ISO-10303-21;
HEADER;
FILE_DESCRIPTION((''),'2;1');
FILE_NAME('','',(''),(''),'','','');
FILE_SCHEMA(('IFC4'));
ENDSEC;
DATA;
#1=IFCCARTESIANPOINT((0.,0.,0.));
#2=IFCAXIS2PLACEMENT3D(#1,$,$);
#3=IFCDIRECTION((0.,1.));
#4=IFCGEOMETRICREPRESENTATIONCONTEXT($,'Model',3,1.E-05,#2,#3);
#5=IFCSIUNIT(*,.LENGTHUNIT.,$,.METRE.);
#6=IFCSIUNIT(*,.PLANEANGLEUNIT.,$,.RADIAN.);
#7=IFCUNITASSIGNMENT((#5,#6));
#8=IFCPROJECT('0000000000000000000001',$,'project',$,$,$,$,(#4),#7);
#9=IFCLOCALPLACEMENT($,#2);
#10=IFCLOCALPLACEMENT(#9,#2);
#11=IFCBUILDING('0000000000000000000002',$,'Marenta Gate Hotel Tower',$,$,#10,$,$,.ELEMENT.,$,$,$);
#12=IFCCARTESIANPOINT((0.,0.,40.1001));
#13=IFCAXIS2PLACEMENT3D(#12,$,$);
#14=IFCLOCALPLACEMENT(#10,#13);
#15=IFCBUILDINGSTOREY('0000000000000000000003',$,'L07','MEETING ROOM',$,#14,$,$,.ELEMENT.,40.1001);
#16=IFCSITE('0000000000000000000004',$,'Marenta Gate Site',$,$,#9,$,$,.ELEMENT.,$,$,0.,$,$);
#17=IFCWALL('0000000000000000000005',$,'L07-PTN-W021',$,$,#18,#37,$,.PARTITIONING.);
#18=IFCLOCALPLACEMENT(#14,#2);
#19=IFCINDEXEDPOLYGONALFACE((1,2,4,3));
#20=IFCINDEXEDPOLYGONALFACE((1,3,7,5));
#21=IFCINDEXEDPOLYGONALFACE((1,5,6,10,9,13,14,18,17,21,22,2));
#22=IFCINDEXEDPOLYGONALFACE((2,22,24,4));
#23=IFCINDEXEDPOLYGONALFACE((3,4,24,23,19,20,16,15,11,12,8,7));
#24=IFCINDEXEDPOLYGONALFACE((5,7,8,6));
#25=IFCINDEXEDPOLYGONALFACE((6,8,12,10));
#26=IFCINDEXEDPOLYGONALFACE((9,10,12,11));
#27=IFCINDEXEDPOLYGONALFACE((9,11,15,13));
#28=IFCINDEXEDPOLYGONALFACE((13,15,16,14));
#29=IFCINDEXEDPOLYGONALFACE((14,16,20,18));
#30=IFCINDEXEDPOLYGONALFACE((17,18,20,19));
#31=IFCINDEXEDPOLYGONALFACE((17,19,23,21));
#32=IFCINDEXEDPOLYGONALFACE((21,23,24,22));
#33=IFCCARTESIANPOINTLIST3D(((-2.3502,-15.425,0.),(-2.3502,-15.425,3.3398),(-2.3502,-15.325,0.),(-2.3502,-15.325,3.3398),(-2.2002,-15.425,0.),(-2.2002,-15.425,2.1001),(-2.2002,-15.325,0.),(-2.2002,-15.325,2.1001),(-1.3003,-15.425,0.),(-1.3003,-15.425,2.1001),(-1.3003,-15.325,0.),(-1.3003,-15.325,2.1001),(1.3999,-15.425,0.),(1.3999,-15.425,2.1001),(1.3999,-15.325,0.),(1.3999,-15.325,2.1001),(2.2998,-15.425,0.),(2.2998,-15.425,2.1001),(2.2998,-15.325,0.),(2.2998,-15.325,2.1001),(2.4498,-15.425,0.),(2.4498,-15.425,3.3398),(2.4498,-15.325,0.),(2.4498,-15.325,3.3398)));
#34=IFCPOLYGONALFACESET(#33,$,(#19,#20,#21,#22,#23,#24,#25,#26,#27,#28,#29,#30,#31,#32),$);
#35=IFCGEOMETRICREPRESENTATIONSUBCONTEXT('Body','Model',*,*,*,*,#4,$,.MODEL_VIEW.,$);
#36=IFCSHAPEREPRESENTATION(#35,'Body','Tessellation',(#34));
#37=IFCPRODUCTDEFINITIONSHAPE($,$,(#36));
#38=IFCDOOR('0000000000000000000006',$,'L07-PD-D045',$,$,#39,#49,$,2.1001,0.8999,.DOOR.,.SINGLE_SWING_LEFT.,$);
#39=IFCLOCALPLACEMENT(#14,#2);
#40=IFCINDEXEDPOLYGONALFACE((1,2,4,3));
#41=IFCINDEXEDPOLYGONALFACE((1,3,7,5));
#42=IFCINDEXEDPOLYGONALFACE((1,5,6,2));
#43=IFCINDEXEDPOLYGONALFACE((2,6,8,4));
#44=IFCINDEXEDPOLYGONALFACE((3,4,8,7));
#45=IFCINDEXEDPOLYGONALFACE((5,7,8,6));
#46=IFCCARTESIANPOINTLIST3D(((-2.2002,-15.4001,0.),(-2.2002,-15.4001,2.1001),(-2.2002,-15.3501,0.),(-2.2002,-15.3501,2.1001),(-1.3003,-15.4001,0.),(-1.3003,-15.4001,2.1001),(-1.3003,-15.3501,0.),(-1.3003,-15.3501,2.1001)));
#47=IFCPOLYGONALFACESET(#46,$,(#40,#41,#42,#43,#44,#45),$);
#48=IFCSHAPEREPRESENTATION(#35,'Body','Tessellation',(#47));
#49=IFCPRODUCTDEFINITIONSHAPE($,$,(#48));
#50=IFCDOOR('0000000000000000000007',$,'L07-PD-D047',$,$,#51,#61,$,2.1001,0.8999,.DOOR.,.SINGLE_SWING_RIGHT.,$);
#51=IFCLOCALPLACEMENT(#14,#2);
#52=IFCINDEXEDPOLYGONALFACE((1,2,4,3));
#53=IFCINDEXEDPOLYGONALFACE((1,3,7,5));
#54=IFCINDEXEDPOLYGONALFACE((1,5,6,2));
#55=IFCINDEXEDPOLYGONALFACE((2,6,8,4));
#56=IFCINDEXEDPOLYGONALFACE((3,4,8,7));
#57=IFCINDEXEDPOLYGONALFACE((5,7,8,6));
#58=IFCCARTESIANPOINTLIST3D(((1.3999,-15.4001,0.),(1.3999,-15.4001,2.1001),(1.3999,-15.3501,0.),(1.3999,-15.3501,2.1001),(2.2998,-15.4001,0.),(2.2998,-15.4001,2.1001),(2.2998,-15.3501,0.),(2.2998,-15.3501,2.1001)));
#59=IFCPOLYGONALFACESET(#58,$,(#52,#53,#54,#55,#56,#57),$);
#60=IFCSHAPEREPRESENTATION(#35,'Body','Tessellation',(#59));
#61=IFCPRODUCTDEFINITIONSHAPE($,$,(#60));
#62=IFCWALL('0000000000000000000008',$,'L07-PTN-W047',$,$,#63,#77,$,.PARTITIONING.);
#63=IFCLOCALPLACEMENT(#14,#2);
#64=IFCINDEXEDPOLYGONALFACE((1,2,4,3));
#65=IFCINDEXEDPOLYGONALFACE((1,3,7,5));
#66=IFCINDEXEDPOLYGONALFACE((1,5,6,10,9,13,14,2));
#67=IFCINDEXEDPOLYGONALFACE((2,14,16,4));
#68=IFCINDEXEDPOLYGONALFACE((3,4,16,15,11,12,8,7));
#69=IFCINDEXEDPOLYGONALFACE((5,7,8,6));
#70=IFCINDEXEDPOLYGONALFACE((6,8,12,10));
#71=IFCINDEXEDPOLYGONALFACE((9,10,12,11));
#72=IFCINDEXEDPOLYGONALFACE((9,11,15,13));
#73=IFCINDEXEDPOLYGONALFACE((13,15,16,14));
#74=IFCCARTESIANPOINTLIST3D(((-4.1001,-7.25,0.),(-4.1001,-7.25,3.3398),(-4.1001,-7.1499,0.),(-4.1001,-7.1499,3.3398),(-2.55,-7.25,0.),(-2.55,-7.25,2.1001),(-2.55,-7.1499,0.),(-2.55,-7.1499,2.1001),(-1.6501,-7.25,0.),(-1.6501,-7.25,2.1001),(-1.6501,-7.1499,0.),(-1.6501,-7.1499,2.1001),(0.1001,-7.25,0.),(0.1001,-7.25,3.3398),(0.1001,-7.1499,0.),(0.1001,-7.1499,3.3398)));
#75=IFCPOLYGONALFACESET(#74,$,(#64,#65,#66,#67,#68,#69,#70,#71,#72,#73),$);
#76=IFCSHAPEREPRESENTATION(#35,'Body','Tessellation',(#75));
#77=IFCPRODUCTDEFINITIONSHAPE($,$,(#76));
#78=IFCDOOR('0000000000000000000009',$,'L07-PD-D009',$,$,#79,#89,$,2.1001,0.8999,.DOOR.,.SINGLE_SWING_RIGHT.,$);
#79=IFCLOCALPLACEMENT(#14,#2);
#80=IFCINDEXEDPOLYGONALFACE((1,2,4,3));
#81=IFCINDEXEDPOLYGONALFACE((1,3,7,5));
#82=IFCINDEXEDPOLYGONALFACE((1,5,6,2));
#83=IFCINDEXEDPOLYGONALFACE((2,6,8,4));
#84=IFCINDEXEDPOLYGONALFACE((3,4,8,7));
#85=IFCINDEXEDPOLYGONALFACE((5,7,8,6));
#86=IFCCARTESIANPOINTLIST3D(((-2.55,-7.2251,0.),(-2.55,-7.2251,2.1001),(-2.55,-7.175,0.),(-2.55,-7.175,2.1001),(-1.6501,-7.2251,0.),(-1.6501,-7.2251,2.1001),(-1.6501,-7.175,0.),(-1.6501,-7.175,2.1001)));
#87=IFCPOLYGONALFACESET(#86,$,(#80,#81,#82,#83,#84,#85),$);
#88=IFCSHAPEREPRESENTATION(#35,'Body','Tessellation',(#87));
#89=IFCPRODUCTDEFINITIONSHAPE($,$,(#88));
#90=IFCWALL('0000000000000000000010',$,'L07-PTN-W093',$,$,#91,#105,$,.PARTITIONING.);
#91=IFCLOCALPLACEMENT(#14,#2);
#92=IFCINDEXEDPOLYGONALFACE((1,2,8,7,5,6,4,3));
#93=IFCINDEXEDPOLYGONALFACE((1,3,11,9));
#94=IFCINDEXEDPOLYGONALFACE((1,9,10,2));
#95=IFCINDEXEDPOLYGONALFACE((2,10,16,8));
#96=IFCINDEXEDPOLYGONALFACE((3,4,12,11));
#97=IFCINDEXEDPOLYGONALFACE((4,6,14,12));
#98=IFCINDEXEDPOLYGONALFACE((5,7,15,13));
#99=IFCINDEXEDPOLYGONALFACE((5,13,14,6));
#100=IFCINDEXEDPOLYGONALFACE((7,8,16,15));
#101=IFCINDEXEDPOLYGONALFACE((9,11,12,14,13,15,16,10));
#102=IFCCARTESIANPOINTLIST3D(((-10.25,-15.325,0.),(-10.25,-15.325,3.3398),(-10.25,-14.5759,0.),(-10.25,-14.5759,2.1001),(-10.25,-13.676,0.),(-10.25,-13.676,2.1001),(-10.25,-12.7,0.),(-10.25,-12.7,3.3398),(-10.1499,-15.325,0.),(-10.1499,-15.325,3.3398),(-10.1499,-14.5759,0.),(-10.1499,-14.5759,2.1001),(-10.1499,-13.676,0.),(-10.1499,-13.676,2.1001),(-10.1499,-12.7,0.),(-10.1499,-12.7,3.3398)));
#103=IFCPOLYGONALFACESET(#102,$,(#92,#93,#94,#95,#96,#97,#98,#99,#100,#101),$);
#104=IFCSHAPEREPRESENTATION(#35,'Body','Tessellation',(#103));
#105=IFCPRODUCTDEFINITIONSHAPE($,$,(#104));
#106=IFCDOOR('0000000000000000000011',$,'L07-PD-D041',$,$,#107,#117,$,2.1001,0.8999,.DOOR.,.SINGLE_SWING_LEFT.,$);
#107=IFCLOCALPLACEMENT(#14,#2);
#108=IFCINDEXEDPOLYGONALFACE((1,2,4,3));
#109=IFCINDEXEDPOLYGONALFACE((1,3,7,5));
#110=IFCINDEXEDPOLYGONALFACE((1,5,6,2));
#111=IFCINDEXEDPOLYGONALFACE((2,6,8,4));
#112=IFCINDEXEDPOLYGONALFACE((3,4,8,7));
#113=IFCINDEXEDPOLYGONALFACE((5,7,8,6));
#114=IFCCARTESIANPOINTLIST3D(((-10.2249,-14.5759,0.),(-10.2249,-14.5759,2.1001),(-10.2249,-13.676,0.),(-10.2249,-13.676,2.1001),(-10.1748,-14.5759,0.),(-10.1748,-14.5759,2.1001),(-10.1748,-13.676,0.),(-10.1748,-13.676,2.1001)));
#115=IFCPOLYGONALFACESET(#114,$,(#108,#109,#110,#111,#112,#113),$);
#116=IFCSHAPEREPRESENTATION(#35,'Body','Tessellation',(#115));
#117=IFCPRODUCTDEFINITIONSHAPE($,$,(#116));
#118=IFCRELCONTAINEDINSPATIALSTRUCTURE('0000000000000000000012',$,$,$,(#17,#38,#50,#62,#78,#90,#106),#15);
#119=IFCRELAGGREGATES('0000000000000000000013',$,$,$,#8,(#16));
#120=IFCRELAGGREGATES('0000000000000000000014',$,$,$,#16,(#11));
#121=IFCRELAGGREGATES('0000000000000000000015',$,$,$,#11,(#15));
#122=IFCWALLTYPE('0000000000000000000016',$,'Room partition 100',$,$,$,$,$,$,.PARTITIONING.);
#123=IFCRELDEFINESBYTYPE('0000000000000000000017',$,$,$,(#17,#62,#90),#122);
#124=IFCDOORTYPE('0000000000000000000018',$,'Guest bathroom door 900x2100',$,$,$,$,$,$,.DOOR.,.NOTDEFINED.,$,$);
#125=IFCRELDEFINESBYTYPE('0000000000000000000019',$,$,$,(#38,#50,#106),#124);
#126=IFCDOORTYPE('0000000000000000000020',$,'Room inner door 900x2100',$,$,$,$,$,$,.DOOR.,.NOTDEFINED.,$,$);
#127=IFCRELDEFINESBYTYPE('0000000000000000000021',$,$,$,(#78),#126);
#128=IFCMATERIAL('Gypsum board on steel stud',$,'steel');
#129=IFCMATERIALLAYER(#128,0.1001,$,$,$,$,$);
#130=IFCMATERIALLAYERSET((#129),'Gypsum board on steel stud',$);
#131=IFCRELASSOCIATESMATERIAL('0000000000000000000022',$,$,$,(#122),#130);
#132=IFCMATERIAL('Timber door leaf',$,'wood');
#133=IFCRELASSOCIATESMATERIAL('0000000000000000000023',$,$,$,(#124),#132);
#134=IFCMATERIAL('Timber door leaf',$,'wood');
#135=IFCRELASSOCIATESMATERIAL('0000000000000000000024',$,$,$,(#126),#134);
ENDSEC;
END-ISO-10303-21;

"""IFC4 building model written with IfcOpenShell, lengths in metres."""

from ifc_helpers import new_model, si_unit, direction, frame, frame_2d, origin, place, context, subcontext, project, spatial, rectangle, extrude, material, layer, layer_set, type_object, element, fill, save


model = new_model("IFC4")

# Units and contexts
model_context = context("Model", 3, precision=1e-05, world=origin(), true_north=direction((0.0, 1.0)))
body_context = subcontext(model_context, "Body", "Model", "MODEL_VIEW")
ifc_project = project(units=[si_unit("LENGTHUNIT", "METRE"), si_unit("PLANEANGLEUNIT", "RADIAN")], contexts=[model_context])

# Site, building, storey
site_placement = place(None, origin())
site = spatial("IfcSite", under=ifc_project, at=site_placement, Name="Marenta Gate Site", CompositionType="ELEMENT", RefElevation=0.0)
building_placement = place(site_placement, origin())
building = spatial("IfcBuilding", under=site, at=building_placement, Name="Marenta Gate Hotel Tower", CompositionType="ELEMENT")
storey_placement = place(building_placement, frame((0.0, 0.0, 40.1001)))
storey = spatial("IfcBuildingStorey", under=building, at=storey_placement, Name="L07", Description="MEETING ROOM", CompositionType="ELEMENT", Elevation=40.1001)

# Wall, openings, doors
ifc_material_1 = material(Name="Gypsum board on steel stud", Category="steel")
ifc_layer_1 = layer(ifc_material_1, 0.1001)
ifc_layer_set_1 = layer_set([ifc_layer_1], Name="Gypsum board on steel stud")
wall_type_1 = type_object("IfcWallType", Name="Room partition 100", PredefinedType="PARTITIONING", material=ifc_layer_set_1)
wall_1_placement = place(storey_placement, frame((-2.3501, -15.375, 0.0), z_axis=(0.0, 0.0, 1.0), x_axis=(1.0, 0.0, 0.0)))
wall_1 = element("IfcWall", 1, at=wall_1_placement, inside=storey, type_object=wall_type_1, Name="L07-PTN-W021", PredefinedType="PARTITIONING", context=body_context, shape_type="SweptSolid", body=[
    extrude(rectangle(XDim=4.8, YDim=0.1001, at=frame_2d((2.3999, 0.0))), origin(), (0.0, 0.0, 1.0), 3.3398),
])
opening_1_placement = place(wall_1_placement, frame((0.1499, 0.0, 0.0)))
opening_1 = element("IfcOpeningElement", 2, at=opening_1_placement, cuts=wall_1, PredefinedType="OPENING", context=body_context, shape_type="SweptSolid", body=[
    extrude(rectangle(XDim=0.8999, YDim=2.1001, at=frame_2d((0.45, 1.05))), frame((0.0, 0.05, 0.0), z_axis=(0.0, -1.0, 0.0), x_axis=(1.0, 0.0, 0.0)), (0.0, 0.0, 1.0), 0.1001),
])
opening_2_placement = place(wall_1_placement, frame((3.75, 0.0, 0.0)))
opening_2 = element("IfcOpeningElement", 3, at=opening_2_placement, cuts=wall_1, PredefinedType="OPENING", context=body_context, shape_type="SweptSolid", body=[
    extrude(rectangle(XDim=0.8999, YDim=2.1001, at=frame_2d((0.45, 1.05))), frame((0.0, 0.05, 0.0), z_axis=(0.0, -1.0, 0.0), x_axis=(1.0, 0.0, 0.0)), (0.0, 0.0, 1.0), 0.1001),
])
ifc_material_2 = material(Name="Timber door leaf", Category="wood")
door_type_1 = type_object("IfcDoorType", Name="Guest bathroom door 900x2100", OperationType="NOTDEFINED", PredefinedType="DOOR", material=ifc_material_2)
door_1_placement = place(opening_1_placement, origin())
door_1 = element("IfcDoor", 4, at=door_1_placement, inside=storey, type_object=door_type_1, Name="L07-PD-D045", OperationType="SINGLE_SWING_LEFT", OverallHeight=2.1001, OverallWidth=0.8999, PredefinedType="DOOR", context=body_context, shape_type="SweptSolid", body=[
    extrude(rectangle(XDim=0.8999, YDim=2.1001, at=frame_2d((0.45, 1.05))), frame((0.0, 0.0249, 0.0), z_axis=(0.0, -1.0, 0.0), x_axis=(1.0, 0.0, 0.0)), (0.0, 0.0, 1.0), 0.05),
])
fill(opening_1, door_1)
door_2_placement = place(opening_2_placement, origin())
door_2 = element("IfcDoor", 5, at=door_2_placement, inside=storey, type_object=door_type_1, Name="L07-PD-D047", OperationType="SINGLE_SWING_RIGHT", OverallHeight=2.1001, OverallWidth=0.8999, PredefinedType="DOOR", context=body_context, shape_type="SweptSolid", body=[
    extrude(rectangle(XDim=0.8999, YDim=2.1001, at=frame_2d((0.45, 1.05))), frame((0.0, 0.0249, 0.0), z_axis=(0.0, -1.0, 0.0), x_axis=(1.0, 0.0, 0.0)), (0.0, 0.0, 1.0), 0.05),
])
fill(opening_2, door_2)

# Walls, openings, doors
wall_2_placement = place(storey_placement, frame((-4.1001, -7.2, 0.0), z_axis=(0.0, 0.0, 1.0), x_axis=(1.0, 0.0, 0.0)))
wall_2 = element("IfcWall", 6, at=wall_2_placement, inside=storey, type_object=wall_type_1, Name="L07-PTN-W047", PredefinedType="PARTITIONING", context=body_context, shape_type="SweptSolid", body=[
    extrude(rectangle(XDim=4.2002, YDim=0.1001, at=frame_2d((2.1001, 0.0))), origin(), (0.0, 0.0, 1.0), 3.3398),
])
opening_3_placement = place(wall_2_placement, frame((1.55, 0.0, 0.0)))
opening_3 = element("IfcOpeningElement", 7, at=opening_3_placement, cuts=wall_2, PredefinedType="OPENING", context=body_context, shape_type="SweptSolid", body=[
    extrude(rectangle(XDim=0.8999, YDim=2.1001, at=frame_2d((0.45, 1.05))), frame((0.0, 0.05, 0.0), z_axis=(0.0, -1.0, 0.0), x_axis=(1.0, 0.0, 0.0)), (0.0, 0.0, 1.0), 0.1001),
])
ifc_material_3 = material(Name="Timber door leaf", Category="wood")
door_type_2 = type_object("IfcDoorType", Name="Room inner door 900x2100", OperationType="NOTDEFINED", PredefinedType="DOOR", material=ifc_material_3)
door_3_placement = place(opening_3_placement, origin())
door_3 = element("IfcDoor", 8, at=door_3_placement, inside=storey, type_object=door_type_2, Name="L07-PD-D009", OperationType="SINGLE_SWING_RIGHT", OverallHeight=2.1001, OverallWidth=0.8999, PredefinedType="DOOR", context=body_context, shape_type="SweptSolid", body=[
    extrude(rectangle(XDim=0.8999, YDim=2.1001, at=frame_2d((0.45, 1.05))), frame((0.0, 0.0249, 0.0), z_axis=(0.0, -1.0, 0.0), x_axis=(1.0, 0.0, 0.0)), (0.0, 0.0, 1.0), 0.05),
])
fill(opening_3, door_3)
wall_3_placement = place(storey_placement, frame((-10.2, -15.325, 0.0), z_axis=(0.0, 0.0, 1.0), x_axis=(0.0, 1.0, 0.0)))
wall_3 = element("IfcWall", 9, at=wall_3_placement, inside=storey, type_object=wall_type_1, Name="L07-PTN-W093", PredefinedType="PARTITIONING", context=body_context, shape_type="SweptSolid", body=[
    extrude(rectangle(XDim=2.625, YDim=0.1001, at=frame_2d((1.3125, 0.0))), origin(), (0.0, 0.0, 1.0), 3.3398),
])
opening_4_placement = place(wall_3_placement, frame((0.749, 0.0, 0.0)))
opening_4 = element("IfcOpeningElement", 10, at=opening_4_placement, cuts=wall_3, PredefinedType="OPENING", context=body_context, shape_type="SweptSolid", body=[
    extrude(rectangle(XDim=0.8999, YDim=2.1001, at=frame_2d((0.45, 1.05))), frame((0.0, 0.05, 0.0), z_axis=(0.0, -1.0, 0.0), x_axis=(1.0, 0.0, 0.0)), (0.0, 0.0, 1.0), 0.1001),
])
door_4_placement = place(opening_4_placement, origin())
door_4 = element("IfcDoor", 11, at=door_4_placement, inside=storey, type_object=door_type_1, Name="L07-PD-D041", OperationType="SINGLE_SWING_LEFT", OverallHeight=2.1001, OverallWidth=0.8999, PredefinedType="DOOR", context=body_context, shape_type="SweptSolid", body=[
    extrude(rectangle(XDim=0.8999, YDim=2.1001, at=frame_2d((0.45, 1.05))), frame((0.0, 0.0249, 0.0), z_axis=(0.0, -1.0, 0.0), x_axis=(1.0, 0.0, 0.0)), (0.0, 0.0, 1.0), 0.05),
])
fill(opening_4, door_4)

save(model, "model.ifc")
